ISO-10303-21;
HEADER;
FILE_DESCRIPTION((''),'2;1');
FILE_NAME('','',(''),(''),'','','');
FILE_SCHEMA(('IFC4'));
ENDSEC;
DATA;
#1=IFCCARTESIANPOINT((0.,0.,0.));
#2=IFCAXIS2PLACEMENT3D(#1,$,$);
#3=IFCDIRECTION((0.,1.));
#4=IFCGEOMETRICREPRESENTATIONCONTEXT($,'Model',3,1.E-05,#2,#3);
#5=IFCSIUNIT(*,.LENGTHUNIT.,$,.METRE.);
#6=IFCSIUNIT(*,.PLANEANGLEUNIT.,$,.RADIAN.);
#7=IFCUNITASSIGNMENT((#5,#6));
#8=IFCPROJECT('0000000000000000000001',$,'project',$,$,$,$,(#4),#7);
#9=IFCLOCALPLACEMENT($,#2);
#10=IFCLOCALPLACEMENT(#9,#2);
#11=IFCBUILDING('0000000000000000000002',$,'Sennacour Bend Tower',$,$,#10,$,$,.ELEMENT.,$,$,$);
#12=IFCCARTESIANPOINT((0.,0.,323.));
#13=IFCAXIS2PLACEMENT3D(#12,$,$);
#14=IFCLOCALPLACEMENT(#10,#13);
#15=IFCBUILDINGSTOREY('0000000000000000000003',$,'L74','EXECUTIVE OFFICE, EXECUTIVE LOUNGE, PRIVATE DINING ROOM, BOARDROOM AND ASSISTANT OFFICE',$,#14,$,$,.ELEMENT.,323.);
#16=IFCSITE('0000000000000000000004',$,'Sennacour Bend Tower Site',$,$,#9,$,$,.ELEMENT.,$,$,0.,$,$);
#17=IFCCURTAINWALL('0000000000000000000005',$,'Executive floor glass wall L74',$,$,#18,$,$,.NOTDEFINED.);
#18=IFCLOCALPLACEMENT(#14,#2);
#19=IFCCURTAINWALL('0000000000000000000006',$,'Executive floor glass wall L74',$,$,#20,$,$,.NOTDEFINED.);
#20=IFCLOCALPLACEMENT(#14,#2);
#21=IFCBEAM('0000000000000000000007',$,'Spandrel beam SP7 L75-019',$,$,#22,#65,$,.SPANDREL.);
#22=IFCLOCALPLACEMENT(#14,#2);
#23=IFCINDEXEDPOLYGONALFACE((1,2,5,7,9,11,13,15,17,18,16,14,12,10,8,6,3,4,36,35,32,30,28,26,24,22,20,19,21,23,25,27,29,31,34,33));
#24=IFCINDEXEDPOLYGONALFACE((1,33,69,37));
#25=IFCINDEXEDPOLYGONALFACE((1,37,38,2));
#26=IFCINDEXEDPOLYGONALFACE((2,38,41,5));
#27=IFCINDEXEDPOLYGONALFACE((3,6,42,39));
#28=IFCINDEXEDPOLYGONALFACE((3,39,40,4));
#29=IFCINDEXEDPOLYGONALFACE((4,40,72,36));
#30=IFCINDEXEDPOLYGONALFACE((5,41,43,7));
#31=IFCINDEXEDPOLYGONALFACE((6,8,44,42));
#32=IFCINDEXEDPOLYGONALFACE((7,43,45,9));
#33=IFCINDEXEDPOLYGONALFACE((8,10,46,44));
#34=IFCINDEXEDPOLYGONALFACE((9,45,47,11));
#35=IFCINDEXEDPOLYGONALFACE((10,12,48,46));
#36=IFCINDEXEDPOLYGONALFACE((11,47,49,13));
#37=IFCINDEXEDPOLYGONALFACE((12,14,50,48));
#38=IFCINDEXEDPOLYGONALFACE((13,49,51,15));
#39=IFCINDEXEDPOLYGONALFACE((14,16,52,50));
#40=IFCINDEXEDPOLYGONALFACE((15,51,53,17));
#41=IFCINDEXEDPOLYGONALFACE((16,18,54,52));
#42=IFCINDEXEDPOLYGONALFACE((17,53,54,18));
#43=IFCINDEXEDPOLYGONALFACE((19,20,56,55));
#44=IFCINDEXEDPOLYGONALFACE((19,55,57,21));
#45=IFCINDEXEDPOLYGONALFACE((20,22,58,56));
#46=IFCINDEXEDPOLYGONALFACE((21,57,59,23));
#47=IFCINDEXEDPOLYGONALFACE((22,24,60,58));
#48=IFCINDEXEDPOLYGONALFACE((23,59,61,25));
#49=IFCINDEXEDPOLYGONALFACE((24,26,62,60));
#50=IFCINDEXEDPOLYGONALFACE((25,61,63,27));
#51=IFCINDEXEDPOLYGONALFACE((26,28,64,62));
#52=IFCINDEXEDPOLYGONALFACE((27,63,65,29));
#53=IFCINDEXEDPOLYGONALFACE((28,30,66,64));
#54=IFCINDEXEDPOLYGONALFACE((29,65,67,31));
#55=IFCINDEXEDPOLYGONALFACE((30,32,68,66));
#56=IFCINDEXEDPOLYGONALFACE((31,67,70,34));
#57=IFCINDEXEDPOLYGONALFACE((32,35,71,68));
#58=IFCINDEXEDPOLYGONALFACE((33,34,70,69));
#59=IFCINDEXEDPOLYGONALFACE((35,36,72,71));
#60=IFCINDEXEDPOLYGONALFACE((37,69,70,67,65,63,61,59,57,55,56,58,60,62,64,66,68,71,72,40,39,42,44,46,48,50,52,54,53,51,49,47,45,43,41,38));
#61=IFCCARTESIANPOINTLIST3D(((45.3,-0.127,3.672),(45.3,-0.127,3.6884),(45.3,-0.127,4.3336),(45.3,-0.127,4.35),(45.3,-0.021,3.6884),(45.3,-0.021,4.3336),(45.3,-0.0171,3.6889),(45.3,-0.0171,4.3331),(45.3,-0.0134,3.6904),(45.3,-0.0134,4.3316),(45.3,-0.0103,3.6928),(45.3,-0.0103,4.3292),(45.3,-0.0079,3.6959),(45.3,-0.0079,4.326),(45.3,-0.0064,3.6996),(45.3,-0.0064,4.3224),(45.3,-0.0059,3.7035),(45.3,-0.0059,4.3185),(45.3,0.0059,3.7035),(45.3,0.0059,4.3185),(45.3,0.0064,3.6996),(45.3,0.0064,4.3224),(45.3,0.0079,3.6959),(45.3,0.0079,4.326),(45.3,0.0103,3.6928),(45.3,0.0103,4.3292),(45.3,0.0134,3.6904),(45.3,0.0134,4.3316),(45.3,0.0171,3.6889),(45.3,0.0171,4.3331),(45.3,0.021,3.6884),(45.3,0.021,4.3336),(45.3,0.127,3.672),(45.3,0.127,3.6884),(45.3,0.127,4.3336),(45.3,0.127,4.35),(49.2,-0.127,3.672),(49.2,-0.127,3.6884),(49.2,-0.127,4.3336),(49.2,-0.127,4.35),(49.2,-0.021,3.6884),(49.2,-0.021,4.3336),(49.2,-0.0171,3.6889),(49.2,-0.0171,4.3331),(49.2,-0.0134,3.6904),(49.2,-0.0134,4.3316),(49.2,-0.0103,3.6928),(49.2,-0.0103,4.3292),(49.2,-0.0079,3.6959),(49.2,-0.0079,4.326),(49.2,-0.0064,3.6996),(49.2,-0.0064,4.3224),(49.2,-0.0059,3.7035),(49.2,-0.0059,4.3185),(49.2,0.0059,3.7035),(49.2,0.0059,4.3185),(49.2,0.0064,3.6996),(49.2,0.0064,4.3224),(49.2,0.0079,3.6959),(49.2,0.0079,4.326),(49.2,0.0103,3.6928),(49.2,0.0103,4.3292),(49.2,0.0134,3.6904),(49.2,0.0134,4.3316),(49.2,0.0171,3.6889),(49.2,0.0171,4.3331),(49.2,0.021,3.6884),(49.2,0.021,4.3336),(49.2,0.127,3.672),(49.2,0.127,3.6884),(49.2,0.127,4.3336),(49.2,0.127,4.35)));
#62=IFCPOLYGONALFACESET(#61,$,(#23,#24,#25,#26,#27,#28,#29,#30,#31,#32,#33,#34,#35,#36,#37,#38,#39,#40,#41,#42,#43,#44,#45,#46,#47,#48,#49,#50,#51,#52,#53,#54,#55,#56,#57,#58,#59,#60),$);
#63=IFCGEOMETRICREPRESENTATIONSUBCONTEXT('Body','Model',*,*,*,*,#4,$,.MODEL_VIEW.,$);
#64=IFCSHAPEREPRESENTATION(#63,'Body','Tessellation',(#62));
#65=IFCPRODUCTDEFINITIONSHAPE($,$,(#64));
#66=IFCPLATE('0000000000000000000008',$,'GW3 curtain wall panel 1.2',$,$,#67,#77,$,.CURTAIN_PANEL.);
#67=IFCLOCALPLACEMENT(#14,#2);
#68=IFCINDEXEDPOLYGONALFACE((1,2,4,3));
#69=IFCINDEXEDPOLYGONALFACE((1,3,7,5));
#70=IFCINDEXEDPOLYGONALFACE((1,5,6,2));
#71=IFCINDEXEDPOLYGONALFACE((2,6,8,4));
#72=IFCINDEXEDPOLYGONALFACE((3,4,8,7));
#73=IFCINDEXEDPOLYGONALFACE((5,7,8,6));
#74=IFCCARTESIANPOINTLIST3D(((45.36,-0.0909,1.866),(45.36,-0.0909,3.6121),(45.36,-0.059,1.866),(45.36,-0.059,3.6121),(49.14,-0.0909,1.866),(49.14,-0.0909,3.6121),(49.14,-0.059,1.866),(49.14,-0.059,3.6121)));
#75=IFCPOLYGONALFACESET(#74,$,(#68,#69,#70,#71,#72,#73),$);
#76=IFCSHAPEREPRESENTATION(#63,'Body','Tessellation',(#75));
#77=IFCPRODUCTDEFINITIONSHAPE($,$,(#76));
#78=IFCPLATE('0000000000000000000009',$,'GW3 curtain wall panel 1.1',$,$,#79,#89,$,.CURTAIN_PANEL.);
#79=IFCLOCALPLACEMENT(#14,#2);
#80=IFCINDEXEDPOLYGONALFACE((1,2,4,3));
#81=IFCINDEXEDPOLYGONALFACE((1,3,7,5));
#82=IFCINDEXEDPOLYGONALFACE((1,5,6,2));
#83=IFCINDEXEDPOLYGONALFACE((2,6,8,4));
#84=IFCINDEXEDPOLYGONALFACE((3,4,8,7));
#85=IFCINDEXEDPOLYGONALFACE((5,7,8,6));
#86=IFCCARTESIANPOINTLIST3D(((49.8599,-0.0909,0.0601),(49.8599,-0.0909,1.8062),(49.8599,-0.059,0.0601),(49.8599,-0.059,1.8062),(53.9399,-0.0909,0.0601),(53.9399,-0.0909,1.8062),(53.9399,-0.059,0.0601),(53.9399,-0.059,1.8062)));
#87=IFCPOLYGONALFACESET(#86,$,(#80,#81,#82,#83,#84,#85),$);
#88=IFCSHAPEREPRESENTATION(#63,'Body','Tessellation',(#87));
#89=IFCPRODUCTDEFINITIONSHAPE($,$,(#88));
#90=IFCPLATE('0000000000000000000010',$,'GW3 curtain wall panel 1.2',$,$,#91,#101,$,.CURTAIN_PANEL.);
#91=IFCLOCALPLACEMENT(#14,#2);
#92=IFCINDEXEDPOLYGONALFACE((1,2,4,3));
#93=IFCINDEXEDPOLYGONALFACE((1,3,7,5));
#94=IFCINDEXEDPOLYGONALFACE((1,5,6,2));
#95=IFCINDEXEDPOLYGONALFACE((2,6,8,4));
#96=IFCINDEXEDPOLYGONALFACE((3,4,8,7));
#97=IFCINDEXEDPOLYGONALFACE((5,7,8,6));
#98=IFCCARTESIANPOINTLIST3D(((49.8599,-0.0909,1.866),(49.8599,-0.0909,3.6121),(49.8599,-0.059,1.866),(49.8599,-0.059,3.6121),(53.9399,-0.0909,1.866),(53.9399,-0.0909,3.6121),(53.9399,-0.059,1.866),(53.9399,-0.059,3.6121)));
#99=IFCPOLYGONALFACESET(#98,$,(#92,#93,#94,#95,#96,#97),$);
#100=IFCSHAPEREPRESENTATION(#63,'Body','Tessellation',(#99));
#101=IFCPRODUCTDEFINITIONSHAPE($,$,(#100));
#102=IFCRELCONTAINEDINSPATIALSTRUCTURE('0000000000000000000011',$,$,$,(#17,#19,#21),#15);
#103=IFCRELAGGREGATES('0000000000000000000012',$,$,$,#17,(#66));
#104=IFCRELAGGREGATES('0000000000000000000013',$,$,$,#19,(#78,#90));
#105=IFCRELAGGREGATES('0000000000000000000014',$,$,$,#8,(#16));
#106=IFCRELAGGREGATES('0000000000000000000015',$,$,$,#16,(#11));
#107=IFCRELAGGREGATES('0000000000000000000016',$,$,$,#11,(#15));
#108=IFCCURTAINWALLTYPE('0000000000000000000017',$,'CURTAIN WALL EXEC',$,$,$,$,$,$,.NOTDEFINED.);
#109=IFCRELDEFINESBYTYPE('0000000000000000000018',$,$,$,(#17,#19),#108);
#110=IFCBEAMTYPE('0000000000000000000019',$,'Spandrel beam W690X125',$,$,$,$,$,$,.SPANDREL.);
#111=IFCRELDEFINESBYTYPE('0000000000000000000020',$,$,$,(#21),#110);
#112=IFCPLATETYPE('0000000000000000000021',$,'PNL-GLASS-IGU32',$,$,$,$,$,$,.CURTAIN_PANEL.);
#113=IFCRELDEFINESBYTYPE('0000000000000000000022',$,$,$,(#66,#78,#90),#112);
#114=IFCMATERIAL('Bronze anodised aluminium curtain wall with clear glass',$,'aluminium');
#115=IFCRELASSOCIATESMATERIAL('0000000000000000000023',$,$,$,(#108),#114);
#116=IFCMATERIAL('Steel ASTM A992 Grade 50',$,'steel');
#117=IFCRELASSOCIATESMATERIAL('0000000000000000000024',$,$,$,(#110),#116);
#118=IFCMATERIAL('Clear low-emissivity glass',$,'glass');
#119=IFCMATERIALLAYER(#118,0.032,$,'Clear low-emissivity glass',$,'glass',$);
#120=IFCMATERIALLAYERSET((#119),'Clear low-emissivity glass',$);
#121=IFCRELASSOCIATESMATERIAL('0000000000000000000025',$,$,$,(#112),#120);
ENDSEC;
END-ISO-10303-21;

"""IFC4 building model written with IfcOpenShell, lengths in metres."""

from ifc_helpers import new_model, si_unit, direction, frame, origin, origin_2d, place, context, subcontext, project, spatial, rectangle, i_section, extrude, material, layer, layer_set, material_profile, profile_set, type_object, element, aggregate, save


model = new_model("IFC4")

# Units and contexts
model_context = context("Model", 3, precision=1e-05, world=origin(), true_north=direction((0.0, 1.0)))
body_context = subcontext(model_context, "Body", "Model", "MODEL_VIEW")
ifc_project = project(units=[si_unit("LENGTHUNIT", "METRE"), si_unit("PLANEANGLEUNIT", "RADIAN")], contexts=[model_context])

# Site, building, storey
site_placement = place(None, origin())
site = spatial("IfcSite", under=ifc_project, at=site_placement, Name="Sennacour Bend Tower Site", CompositionType="ELEMENT", RefElevation=0.0)
building_placement = place(site_placement, origin())
building = spatial("IfcBuilding", under=site, at=building_placement, Name="Sennacour Bend Tower", CompositionType="ELEMENT")
storey_placement = place(building_placement, frame((0.0, 0.0, 323.0)))
storey = spatial("IfcBuildingStorey", under=building, at=storey_placement, Name="L74", Description="EXECUTIVE OFFICE, EXECUTIVE LOUNGE, PRIVATE DINING ROOM, BOARDROOM AND ASSISTANT OFFICE", CompositionType="ELEMENT", Elevation=323.0)

# Curtain wall
ifc_material_1 = material(Name="Bronze anodised aluminium curtain wall with clear glass", Category="aluminium")
curtain_wall_type = type_object("IfcCurtainWallType", Name="CURTAIN WALL EXEC", PredefinedType="NOTDEFINED", material=ifc_material_1)
curtain_wall_1_placement = place(storey_placement, origin())
curtain_wall_1 = element("IfcCurtainWall", 1, at=curtain_wall_1_placement, inside=storey, type_object=curtain_wall_type, Name="Executive floor glass wall L74", PredefinedType="NOTDEFINED")

# Curtain wall
curtain_wall_2_placement = place(storey_placement, origin())
curtain_wall_2 = element("IfcCurtainWall", 2, at=curtain_wall_2_placement, inside=storey, type_object=curtain_wall_type, Name="Executive floor glass wall L74", PredefinedType="NOTDEFINED")

# Beam
ifc_material_2 = material(Name="Steel ASTM A992 Grade 50", Category="steel")
ifc_material_profile_1 = material_profile(ifc_material_2, i_section(OverallWidth=0.2539, OverallDepth=0.678, WebThickness=0.0117, FlangeThickness=0.0164, FilletRadius=0.0151, at=origin_2d()), Name="Steel ASTM A992 Grade 50", Category="steel")
ifc_profile_set_1 = profile_set([ifc_material_profile_1], Name="Steel ASTM A992 Grade 50")
beam_type = type_object("IfcBeamType", Name="Spandrel beam W690X125", PredefinedType="SPANDREL", material=ifc_profile_set_1)
beam_1_placement = place(storey_placement, frame((49.2, 0.0, 4.011), z_axis=(-1.0, 0.0, 0.0), x_axis=(0.0, -1.0, 0.0)))
element("IfcBeam", 3, at=beam_1_placement, inside=storey, type_object=beam_type, Name="Spandrel beam SP7 L75-019", PredefinedType="SPANDREL", context=body_context, shape_type="SweptSolid", body=[
    extrude(i_section(OverallWidth=0.2539, OverallDepth=0.678, WebThickness=0.0117, FlangeThickness=0.0164, FilletRadius=0.0151, at=origin_2d()), origin(), (0.0, 0.0, 1.0), 3.8999),
])

# Plates
ifc_material_3 = material(Name="Clear low-emissivity glass", Category="glass")
ifc_layer = layer(ifc_material_3, 0.032, Name="Clear low-emissivity glass", Category="glass")
ifc_layer_set = layer_set([ifc_layer], Name="Clear low-emissivity glass")
plate_type = type_object("IfcPlateType", Name="PNL-GLASS-IGU32", PredefinedType="CURTAIN_PANEL", material=ifc_layer_set)
plate_1_placement = place(storey_placement, frame((47.25, -0.075, 1.866), z_axis=(0.0, 0.0, 1.0), x_axis=(1.0, 0.0, 0.0)))
plate_1 = element("IfcPlate", 4, at=plate_1_placement, type_object=plate_type, Name="GW3 curtain wall panel 1.2", PredefinedType="CURTAIN_PANEL", context=body_context, shape_type="SweptSolid", body=[
    extrude(rectangle(XDim=3.78, YDim=0.032, at=origin_2d()), origin(), (0.0, 0.0, 1.0), 1.7461),
])
aggregate(curtain_wall_1, [plate_1])
plate_2_placement = place(storey_placement, frame((51.8999, -0.075, 0.0601), z_axis=(0.0, 0.0, 1.0), x_axis=(1.0, 0.0, 0.0)))
plate_2 = element("IfcPlate", 5, at=plate_2_placement, type_object=plate_type, Name="GW3 curtain wall panel 1.1", PredefinedType="CURTAIN_PANEL", context=body_context, shape_type="SweptSolid", body=[
    extrude(rectangle(XDim=4.0801, YDim=0.032, at=origin_2d()), origin(), (0.0, 0.0, 1.0), 1.7461),
])
plate_3_placement = place(storey_placement, frame((51.8999, -0.075, 1.866), z_axis=(0.0, 0.0, 1.0), x_axis=(1.0, 0.0, 0.0)))
plate_3 = element("IfcPlate", 6, at=plate_3_placement, type_object=plate_type, Name="GW3 curtain wall panel 1.2", PredefinedType="CURTAIN_PANEL", context=body_context, shape_type="SweptSolid", body=[
    extrude(rectangle(XDim=4.0801, YDim=0.032, at=origin_2d()), origin(), (0.0, 0.0, 1.0), 1.7461),
])
aggregate(curtain_wall_2, [plate_2, plate_3])

save(model, "model.ifc")
